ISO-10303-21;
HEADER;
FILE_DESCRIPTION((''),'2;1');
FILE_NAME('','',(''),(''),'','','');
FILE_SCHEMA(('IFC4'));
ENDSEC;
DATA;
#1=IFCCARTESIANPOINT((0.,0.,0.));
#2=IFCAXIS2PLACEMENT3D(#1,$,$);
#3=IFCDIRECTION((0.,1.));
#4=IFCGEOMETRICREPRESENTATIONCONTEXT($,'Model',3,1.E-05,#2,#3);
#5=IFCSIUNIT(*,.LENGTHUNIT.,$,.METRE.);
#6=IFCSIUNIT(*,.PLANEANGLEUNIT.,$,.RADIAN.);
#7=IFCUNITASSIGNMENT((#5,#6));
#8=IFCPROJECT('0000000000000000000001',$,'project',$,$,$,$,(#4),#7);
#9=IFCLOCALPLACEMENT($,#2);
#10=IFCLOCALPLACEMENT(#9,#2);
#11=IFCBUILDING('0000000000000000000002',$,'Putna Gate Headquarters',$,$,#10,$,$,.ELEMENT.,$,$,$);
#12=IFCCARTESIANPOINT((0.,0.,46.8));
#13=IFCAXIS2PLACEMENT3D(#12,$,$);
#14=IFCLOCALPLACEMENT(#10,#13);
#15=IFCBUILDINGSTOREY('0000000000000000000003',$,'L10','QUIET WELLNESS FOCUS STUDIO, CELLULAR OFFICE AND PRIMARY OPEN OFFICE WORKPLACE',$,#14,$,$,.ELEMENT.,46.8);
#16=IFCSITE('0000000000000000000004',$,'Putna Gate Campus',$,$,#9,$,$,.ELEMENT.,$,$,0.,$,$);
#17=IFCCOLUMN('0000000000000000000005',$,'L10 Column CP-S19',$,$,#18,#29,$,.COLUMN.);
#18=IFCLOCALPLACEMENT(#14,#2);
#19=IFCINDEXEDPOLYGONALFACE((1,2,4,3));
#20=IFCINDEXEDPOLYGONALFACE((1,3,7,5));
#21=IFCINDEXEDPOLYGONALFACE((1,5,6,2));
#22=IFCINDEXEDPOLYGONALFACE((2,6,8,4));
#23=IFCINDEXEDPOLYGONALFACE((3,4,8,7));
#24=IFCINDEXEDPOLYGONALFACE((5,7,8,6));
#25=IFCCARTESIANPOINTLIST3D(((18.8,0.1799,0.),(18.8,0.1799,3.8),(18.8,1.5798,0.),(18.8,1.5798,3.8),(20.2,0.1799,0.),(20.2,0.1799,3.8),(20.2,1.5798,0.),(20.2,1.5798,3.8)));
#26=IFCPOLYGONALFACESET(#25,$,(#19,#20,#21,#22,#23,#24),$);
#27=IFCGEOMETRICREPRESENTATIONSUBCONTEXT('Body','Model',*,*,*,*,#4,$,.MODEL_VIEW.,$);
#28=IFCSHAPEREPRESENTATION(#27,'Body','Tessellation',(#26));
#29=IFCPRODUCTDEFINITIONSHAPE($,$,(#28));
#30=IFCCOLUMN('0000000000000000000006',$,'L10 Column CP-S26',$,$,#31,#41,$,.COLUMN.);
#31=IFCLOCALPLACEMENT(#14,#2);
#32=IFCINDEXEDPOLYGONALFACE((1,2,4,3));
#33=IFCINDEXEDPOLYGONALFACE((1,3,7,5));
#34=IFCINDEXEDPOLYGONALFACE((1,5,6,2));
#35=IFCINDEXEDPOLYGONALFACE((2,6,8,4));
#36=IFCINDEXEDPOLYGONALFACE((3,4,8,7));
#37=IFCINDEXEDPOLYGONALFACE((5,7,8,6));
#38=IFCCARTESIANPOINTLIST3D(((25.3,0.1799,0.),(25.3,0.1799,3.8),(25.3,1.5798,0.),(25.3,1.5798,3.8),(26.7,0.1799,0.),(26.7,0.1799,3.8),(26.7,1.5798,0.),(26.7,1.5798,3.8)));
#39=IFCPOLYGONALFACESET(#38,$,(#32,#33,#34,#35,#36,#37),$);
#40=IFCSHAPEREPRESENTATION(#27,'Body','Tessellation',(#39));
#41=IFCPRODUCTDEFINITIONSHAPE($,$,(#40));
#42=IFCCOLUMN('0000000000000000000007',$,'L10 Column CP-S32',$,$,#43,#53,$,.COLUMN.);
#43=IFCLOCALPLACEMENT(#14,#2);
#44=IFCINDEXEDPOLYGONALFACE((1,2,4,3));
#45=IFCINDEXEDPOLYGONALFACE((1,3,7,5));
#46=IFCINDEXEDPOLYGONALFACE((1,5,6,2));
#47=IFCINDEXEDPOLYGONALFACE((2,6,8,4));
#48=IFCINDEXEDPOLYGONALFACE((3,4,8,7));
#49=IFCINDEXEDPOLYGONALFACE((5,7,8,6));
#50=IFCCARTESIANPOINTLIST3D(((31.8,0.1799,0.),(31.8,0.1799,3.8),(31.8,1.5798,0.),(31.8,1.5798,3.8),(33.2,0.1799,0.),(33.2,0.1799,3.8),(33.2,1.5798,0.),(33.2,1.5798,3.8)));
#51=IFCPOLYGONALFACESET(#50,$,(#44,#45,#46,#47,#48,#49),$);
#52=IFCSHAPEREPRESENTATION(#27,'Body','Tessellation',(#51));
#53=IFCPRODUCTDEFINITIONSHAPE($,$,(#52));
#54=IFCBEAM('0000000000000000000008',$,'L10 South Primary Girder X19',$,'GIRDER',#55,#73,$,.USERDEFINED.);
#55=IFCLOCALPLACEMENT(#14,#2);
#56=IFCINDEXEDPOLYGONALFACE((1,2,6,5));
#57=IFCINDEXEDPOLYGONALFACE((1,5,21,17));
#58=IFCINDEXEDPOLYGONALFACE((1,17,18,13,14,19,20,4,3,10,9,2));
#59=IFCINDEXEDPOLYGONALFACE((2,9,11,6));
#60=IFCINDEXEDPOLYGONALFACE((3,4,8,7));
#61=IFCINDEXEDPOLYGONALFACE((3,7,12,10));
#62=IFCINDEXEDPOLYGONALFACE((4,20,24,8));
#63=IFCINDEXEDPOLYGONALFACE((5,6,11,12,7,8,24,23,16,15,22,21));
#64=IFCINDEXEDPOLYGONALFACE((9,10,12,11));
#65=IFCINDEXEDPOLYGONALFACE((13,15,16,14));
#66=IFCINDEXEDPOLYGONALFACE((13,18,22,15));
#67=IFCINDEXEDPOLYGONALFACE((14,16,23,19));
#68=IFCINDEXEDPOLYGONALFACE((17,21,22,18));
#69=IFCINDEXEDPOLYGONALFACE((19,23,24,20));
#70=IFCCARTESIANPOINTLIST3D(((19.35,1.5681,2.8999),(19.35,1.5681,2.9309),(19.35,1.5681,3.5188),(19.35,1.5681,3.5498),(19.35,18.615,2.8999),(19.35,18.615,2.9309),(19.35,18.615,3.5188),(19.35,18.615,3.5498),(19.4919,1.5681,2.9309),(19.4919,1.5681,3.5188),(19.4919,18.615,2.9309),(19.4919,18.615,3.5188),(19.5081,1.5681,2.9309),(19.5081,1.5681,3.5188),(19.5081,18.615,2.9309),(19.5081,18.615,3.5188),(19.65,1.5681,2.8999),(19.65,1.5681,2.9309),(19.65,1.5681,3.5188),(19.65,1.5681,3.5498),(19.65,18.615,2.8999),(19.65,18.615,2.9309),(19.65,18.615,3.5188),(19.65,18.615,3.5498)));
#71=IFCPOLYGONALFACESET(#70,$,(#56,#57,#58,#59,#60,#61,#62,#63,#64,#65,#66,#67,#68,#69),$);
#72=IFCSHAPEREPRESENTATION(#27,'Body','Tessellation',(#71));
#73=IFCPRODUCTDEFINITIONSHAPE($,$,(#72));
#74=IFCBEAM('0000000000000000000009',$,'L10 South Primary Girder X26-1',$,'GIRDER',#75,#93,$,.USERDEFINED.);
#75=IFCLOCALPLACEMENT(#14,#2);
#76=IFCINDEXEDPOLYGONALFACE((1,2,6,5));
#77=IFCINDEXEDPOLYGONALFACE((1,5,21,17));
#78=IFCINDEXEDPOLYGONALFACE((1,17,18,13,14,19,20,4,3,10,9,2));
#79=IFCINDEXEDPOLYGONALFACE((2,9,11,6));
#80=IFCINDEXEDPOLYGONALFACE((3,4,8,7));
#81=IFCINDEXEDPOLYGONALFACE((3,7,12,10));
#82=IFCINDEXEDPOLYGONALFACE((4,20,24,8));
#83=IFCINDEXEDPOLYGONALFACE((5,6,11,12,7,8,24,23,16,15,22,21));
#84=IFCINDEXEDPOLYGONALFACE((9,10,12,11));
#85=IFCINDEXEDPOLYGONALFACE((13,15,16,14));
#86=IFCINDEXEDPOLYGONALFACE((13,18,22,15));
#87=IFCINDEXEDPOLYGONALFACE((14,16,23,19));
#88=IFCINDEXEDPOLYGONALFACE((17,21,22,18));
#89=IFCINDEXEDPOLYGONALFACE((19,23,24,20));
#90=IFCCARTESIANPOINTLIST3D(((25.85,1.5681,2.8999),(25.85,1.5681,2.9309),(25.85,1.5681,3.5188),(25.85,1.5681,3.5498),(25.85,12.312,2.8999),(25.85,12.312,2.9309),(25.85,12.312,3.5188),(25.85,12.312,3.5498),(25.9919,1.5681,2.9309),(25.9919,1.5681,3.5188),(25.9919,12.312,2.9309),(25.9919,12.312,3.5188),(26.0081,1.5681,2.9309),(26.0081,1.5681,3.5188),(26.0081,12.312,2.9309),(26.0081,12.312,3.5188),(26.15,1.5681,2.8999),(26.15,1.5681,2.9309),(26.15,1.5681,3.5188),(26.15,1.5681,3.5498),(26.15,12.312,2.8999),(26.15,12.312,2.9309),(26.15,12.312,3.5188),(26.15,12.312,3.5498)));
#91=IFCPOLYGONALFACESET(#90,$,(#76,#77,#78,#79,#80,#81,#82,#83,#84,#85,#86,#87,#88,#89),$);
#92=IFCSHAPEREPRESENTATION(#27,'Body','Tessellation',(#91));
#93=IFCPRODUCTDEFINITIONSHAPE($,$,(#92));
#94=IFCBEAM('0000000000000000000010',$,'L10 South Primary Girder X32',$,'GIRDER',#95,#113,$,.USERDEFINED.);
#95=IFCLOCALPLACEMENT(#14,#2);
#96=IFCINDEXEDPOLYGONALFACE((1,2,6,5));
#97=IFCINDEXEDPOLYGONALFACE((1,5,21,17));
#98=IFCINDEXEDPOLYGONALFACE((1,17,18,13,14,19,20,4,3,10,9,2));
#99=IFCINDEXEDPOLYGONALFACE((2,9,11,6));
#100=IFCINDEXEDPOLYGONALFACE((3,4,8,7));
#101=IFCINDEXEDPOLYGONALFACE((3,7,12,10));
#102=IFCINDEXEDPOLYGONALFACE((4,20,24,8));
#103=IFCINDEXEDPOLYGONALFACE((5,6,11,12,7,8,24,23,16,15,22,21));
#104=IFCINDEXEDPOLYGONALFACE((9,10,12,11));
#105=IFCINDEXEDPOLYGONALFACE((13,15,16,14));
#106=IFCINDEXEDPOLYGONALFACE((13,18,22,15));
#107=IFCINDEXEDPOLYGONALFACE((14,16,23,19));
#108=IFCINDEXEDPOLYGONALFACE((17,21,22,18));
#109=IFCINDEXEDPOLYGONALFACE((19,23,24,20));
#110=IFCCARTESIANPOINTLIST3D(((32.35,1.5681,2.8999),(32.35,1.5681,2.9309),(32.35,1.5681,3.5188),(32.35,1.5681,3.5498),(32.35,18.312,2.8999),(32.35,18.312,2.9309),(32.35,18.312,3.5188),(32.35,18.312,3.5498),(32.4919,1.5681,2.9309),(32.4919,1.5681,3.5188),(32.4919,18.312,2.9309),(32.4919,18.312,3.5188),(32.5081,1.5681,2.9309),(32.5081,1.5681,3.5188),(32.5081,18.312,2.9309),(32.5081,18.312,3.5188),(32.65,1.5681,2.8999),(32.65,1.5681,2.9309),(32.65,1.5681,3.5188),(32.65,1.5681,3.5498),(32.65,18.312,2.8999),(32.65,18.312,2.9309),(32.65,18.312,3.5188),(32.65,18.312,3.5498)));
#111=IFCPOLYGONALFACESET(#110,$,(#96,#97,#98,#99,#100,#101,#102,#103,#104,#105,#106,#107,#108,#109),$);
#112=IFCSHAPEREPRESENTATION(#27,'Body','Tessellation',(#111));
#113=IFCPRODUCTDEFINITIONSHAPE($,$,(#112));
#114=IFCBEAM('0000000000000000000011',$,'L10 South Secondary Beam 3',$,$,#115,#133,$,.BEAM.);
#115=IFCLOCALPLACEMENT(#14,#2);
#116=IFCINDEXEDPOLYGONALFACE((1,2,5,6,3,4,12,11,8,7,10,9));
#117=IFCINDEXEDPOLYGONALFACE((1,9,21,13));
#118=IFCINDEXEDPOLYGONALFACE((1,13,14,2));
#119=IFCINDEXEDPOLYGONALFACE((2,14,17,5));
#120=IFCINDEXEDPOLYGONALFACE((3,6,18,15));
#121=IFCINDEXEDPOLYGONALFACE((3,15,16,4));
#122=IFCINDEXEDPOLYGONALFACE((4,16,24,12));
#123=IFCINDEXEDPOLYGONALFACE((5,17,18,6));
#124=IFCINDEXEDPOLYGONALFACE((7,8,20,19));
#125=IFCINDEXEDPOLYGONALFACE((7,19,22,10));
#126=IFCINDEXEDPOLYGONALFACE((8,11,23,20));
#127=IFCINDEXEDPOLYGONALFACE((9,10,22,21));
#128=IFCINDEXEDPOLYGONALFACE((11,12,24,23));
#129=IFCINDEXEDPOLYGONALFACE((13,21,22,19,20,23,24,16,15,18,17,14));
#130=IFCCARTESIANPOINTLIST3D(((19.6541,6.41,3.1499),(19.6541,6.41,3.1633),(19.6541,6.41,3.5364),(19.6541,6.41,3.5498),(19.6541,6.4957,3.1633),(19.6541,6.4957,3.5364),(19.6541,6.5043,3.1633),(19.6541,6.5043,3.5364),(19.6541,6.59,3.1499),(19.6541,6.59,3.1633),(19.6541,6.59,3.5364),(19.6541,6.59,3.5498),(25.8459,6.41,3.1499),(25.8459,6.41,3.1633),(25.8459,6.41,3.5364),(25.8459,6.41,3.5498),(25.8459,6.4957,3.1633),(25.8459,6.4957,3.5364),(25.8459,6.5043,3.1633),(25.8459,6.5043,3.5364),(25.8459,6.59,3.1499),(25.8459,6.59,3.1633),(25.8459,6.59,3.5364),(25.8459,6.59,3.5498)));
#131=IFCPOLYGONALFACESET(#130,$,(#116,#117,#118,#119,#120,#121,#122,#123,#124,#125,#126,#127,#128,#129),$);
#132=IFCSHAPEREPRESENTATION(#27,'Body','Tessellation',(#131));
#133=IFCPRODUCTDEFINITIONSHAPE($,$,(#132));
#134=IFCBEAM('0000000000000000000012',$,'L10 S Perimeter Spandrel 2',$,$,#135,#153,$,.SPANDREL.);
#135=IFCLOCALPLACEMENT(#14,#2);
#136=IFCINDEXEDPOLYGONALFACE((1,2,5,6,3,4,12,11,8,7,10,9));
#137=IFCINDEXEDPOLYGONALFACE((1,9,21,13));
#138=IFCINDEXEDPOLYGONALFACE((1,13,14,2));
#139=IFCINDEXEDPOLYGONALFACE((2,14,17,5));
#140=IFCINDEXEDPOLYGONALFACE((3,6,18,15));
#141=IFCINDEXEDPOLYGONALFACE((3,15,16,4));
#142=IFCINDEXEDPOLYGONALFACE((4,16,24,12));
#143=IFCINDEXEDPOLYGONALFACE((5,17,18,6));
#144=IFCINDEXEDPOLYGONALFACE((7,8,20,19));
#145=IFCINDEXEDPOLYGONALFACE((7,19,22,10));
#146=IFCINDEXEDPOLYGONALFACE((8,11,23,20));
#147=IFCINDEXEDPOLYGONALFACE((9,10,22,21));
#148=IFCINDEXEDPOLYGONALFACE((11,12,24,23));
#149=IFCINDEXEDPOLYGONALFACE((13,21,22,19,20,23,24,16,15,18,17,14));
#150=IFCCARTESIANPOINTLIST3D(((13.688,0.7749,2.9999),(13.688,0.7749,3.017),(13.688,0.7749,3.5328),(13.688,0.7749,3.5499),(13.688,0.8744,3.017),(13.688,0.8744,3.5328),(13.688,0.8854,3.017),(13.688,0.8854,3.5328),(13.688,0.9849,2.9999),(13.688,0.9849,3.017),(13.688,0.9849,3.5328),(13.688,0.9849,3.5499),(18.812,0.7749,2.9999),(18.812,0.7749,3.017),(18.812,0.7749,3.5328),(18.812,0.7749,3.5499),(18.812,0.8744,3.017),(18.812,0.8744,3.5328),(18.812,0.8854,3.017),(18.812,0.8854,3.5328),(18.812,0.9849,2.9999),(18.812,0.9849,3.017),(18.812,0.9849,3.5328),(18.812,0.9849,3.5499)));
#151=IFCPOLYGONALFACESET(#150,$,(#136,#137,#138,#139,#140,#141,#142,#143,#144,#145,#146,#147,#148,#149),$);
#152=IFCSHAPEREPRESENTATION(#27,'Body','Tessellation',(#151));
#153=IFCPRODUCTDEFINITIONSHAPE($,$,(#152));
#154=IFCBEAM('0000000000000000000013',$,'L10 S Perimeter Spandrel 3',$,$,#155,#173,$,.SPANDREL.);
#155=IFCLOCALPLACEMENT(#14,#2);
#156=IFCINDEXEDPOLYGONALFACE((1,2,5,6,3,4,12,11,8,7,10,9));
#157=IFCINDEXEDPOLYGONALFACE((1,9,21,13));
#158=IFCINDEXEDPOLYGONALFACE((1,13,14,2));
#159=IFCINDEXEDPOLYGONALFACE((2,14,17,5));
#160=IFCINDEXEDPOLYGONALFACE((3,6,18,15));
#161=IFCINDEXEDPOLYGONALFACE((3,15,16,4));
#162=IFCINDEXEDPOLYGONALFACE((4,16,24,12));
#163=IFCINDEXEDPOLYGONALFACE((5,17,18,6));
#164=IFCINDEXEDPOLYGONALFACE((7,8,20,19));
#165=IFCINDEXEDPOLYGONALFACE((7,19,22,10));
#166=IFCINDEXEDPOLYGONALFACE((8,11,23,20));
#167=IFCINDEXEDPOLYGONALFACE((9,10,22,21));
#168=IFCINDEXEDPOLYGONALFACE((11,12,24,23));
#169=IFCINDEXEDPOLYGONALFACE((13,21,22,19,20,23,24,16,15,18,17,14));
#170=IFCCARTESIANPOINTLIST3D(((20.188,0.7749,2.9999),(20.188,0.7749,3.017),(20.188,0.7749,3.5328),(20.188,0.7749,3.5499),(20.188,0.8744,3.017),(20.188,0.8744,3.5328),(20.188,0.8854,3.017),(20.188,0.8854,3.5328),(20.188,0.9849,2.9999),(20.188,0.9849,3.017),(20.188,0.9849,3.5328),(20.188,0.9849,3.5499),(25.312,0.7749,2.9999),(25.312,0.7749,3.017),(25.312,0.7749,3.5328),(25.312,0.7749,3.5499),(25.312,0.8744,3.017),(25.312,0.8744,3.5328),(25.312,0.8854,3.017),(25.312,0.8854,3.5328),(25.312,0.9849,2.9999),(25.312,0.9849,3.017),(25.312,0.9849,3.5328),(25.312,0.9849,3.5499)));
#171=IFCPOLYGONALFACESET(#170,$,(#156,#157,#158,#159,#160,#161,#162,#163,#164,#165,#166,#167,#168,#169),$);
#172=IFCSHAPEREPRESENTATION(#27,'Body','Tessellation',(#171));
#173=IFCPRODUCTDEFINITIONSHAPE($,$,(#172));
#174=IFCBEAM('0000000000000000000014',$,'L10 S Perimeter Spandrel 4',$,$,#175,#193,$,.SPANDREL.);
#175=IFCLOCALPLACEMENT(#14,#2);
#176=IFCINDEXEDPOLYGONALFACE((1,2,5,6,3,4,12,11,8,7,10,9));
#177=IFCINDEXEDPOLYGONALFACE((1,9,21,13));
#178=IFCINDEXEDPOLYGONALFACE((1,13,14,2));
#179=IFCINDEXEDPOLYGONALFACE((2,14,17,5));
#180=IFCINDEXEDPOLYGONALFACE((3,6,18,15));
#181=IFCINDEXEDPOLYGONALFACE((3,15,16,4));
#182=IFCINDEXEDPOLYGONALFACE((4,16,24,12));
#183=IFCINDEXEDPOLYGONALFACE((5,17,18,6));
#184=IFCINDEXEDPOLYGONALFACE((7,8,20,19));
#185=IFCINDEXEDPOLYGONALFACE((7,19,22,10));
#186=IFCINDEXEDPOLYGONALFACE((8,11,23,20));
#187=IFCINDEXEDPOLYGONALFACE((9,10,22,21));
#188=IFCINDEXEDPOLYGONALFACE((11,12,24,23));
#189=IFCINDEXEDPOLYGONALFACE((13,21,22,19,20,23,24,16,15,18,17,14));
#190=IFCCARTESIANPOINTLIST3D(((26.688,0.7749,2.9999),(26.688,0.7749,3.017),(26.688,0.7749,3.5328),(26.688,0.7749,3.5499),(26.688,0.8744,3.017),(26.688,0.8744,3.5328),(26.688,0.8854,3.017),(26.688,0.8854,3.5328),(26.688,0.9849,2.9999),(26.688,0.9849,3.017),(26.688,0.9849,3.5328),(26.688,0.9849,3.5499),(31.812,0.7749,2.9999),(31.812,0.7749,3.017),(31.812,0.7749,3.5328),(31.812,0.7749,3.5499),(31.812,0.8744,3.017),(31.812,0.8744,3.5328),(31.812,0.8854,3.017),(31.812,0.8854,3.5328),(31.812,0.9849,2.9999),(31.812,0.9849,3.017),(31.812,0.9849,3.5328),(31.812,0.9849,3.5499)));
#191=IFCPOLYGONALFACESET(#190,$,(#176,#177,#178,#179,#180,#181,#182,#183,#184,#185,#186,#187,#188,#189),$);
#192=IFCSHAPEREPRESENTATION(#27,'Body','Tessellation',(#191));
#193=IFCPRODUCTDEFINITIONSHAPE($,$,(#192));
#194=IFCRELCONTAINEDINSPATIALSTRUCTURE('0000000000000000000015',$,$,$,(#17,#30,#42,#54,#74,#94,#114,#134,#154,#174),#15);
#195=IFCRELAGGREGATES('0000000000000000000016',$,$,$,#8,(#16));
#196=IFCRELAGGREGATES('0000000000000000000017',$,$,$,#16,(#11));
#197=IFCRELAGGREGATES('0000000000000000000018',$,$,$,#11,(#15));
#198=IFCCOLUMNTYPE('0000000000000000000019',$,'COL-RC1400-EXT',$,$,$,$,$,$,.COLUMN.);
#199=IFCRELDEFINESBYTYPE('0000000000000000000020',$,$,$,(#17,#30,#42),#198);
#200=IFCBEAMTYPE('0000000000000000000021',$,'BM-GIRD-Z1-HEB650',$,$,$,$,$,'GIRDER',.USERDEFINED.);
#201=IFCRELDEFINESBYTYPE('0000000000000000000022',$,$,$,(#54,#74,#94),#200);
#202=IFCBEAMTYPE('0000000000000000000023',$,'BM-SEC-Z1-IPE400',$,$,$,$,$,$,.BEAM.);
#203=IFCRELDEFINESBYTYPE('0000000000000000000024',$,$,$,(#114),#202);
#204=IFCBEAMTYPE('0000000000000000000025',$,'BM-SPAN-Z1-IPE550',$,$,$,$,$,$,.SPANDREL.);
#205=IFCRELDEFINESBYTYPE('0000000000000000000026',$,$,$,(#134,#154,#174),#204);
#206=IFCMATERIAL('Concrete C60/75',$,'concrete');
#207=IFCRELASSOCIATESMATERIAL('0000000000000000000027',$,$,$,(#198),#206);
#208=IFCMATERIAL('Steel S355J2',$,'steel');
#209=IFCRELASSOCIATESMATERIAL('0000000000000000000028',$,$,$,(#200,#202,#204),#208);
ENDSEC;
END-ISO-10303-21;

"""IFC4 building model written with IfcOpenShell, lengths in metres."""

from ifc_helpers import new_model, si_unit, direction, frame, origin, origin_2d, place, context, subcontext, project, spatial, rectangle, i_section, extrude, material, material_profile, profile_set, type_object, element, save


model = new_model("IFC4")

# Units and contexts
model_context = context("Model", 3, precision=1e-05, world=origin(), true_north=direction((0.0, 1.0)))
body_context = subcontext(model_context, "Body", "Model", "MODEL_VIEW")
ifc_project = project(units=[si_unit("LENGTHUNIT", "METRE"), si_unit("PLANEANGLEUNIT", "RADIAN")], contexts=[model_context])

# Site, building, storey
site_placement = place(None, origin())
site = spatial("IfcSite", under=ifc_project, at=site_placement, Name="Putna Gate Campus", CompositionType="ELEMENT", RefElevation=0.0)
building_placement = place(site_placement, origin())
building = spatial("IfcBuilding", under=site, at=building_placement, Name="Putna Gate Headquarters", CompositionType="ELEMENT")
storey_placement = place(building_placement, frame((0.0, 0.0, 46.8)))
storey = spatial("IfcBuildingStorey", under=building, at=storey_placement, Name="L10", Description="QUIET WELLNESS FOCUS STUDIO, CELLULAR OFFICE AND PRIMARY OPEN OFFICE WORKPLACE", CompositionType="ELEMENT", Elevation=46.8)

# Columns
ifc_material_1 = material(Name="Concrete C60/75", Category="concrete")
ifc_material_profile_1 = material_profile(ifc_material_1, rectangle(XDim=1.3999, YDim=1.3999, at=origin_2d()), Name="Concrete C60/75")
ifc_profile_set_1 = profile_set([ifc_material_profile_1], Name="Concrete C60/75")
column_type = type_object("IfcColumnType", Name="COL-RC1400-EXT", PredefinedType="COLUMN", material=ifc_profile_set_1)
for number, where, z_axis, x_axis, name in (
    (1, (19.5, 0.8799, 0.0), (0.0, 0.0, 1.0), (1.0, 0.0, 0.0), "L10 Column CP-S19"),
    (2, (26.0, 0.8799, 0.0), (0.0, 0.0, 1.0), (1.0, 0.0, 0.0), "L10 Column CP-S26"),
    (3, (32.5, 0.8799, 0.0), (0.0, 0.0, 1.0), (1.0, 0.0, 0.0), "L10 Column CP-S32"),
):
    element("IfcColumn", number, at=place(storey_placement, frame(where, z_axis=z_axis, x_axis=x_axis)), inside=storey, type_object=column_type, Name=name, PredefinedType="COLUMN", context=body_context, shape_type="SweptSolid", body=[
        extrude(rectangle(XDim=1.3999, YDim=1.3999, at=origin_2d()), origin(), (0.0, 0.0, 1.0), 3.8),
    ])

# Beams
ifc_material_2 = material(Name="Steel S355J2", Category="steel")
ifc_material_profile_2 = material_profile(ifc_material_2, i_section(OverallWidth=0.3, OverallDepth=0.6499, WebThickness=0.0161, FlangeThickness=0.031, at=origin_2d()), Name="Steel S355J2")
ifc_profile_set_2 = profile_set([ifc_material_profile_2], Name="Steel S355J2")
beam_type_1 = type_object("IfcBeamType", Name="BM-GIRD-Z1-HEB650", ElementType="GIRDER", PredefinedType="USERDEFINED", material=ifc_profile_set_2)
beam_1_placement = place(storey_placement, frame((19.5, 1.5681, 3.2249), z_axis=(0.0, 1.0, 0.0), x_axis=(-1.0, 0.0, 0.0)))
element("IfcBeam", 4, at=beam_1_placement, inside=storey, type_object=beam_type_1, Name="L10 South Primary Girder X19", ObjectType="GIRDER", PredefinedType="USERDEFINED", context=body_context, shape_type="SweptSolid", body=[
    extrude(i_section(OverallWidth=0.3, OverallDepth=0.6499, WebThickness=0.0161, FlangeThickness=0.031, at=origin_2d()), origin(), (0.0, 0.0, 1.0), 17.0469),
])
beam_2_placement = place(storey_placement, frame((26.0, 1.5681, 3.2249), z_axis=(0.0, 1.0, 0.0), x_axis=(-1.0, 0.0, 0.0)))
element("IfcBeam", 5, at=beam_2_placement, inside=storey, type_object=beam_type_1, Name="L10 South Primary Girder X26-1", ObjectType="GIRDER", PredefinedType="USERDEFINED", context=body_context, shape_type="SweptSolid", body=[
    extrude(i_section(OverallWidth=0.3, OverallDepth=0.6499, WebThickness=0.0161, FlangeThickness=0.031, at=origin_2d()), origin(), (0.0, 0.0, 1.0), 10.7439),
])
beam_3_placement = place(storey_placement, frame((32.5, 1.5681, 3.2249), z_axis=(0.0, 1.0, 0.0), x_axis=(-1.0, 0.0, 0.0)))
element("IfcBeam", 6, at=beam_3_placement, inside=storey, type_object=beam_type_1, Name="L10 South Primary Girder X32", ObjectType="GIRDER", PredefinedType="USERDEFINED", context=body_context, shape_type="SweptSolid", body=[
    extrude(i_section(OverallWidth=0.3, OverallDepth=0.6499, WebThickness=0.0161, FlangeThickness=0.031, at=origin_2d()), origin(), (0.0, 0.0, 1.0), 16.7439),
])
ifc_material_profile_3 = material_profile(ifc_material_2, i_section(OverallWidth=0.1799, OverallDepth=0.3999, WebThickness=0.0085, FlangeThickness=0.0134, at=origin_2d()), Name="Steel S355J2")
ifc_profile_set_3 = profile_set([ifc_material_profile_3], Name="Steel S355J2")
beam_type_2 = type_object("IfcBeamType", Name="BM-SEC-Z1-IPE400", PredefinedType="BEAM", material=ifc_profile_set_3)
beam_4_placement = place(storey_placement, frame((19.6541, 6.5, 3.3499), z_axis=(1.0, 0.0, 0.0), x_axis=(0.0, 1.0, 0.0)))
element("IfcBeam", 7, at=beam_4_placement, inside=storey, type_object=beam_type_2, Name="L10 South Secondary Beam 3", PredefinedType="BEAM", context=body_context, shape_type="SweptSolid", body=[
    extrude(i_section(OverallWidth=0.1799, OverallDepth=0.3999, WebThickness=0.0085, FlangeThickness=0.0134, at=origin_2d()), origin(), (0.0, 0.0, 1.0), 6.1919),
])
ifc_material_profile_4 = material_profile(ifc_material_2, i_section(OverallWidth=0.21, OverallDepth=0.55, WebThickness=0.011, FlangeThickness=0.0171, at=origin_2d()), Name="Steel S355J2")
ifc_profile_set_4 = profile_set([ifc_material_profile_4], Name="Steel S355J2")
beam_type_3 = type_object("IfcBeamType", Name="BM-SPAN-Z1-IPE550", PredefinedType="SPANDREL", material=ifc_profile_set_4)
for number, where, z_axis, x_axis, name in (
    (8, (13.688, 0.8799, 3.2749), (1.0, 0.0, 0.0), (0.0, 1.0, 0.0), "L10 S Perimeter Spandrel 2"),
    (9, (20.188, 0.8799, 3.2749), (1.0, 0.0, 0.0), (0.0, 1.0, 0.0), "L10 S Perimeter Spandrel 3"),
    (10, (26.688, 0.8799, 3.2749), (1.0, 0.0, 0.0), (0.0, 1.0, 0.0), "L10 S Perimeter Spandrel 4"),
):
    element("IfcBeam", number, at=place(storey_placement, frame(where, z_axis=z_axis, x_axis=x_axis)), inside=storey, type_object=beam_type_3, Name=name, PredefinedType="SPANDREL", context=body_context, shape_type="SweptSolid", body=[
        extrude(i_section(OverallWidth=0.21, OverallDepth=0.55, WebThickness=0.011, FlangeThickness=0.0171, at=origin_2d()), origin(), (0.0, 0.0, 1.0), 5.124),
    ])

save(model, "model.ifc")
